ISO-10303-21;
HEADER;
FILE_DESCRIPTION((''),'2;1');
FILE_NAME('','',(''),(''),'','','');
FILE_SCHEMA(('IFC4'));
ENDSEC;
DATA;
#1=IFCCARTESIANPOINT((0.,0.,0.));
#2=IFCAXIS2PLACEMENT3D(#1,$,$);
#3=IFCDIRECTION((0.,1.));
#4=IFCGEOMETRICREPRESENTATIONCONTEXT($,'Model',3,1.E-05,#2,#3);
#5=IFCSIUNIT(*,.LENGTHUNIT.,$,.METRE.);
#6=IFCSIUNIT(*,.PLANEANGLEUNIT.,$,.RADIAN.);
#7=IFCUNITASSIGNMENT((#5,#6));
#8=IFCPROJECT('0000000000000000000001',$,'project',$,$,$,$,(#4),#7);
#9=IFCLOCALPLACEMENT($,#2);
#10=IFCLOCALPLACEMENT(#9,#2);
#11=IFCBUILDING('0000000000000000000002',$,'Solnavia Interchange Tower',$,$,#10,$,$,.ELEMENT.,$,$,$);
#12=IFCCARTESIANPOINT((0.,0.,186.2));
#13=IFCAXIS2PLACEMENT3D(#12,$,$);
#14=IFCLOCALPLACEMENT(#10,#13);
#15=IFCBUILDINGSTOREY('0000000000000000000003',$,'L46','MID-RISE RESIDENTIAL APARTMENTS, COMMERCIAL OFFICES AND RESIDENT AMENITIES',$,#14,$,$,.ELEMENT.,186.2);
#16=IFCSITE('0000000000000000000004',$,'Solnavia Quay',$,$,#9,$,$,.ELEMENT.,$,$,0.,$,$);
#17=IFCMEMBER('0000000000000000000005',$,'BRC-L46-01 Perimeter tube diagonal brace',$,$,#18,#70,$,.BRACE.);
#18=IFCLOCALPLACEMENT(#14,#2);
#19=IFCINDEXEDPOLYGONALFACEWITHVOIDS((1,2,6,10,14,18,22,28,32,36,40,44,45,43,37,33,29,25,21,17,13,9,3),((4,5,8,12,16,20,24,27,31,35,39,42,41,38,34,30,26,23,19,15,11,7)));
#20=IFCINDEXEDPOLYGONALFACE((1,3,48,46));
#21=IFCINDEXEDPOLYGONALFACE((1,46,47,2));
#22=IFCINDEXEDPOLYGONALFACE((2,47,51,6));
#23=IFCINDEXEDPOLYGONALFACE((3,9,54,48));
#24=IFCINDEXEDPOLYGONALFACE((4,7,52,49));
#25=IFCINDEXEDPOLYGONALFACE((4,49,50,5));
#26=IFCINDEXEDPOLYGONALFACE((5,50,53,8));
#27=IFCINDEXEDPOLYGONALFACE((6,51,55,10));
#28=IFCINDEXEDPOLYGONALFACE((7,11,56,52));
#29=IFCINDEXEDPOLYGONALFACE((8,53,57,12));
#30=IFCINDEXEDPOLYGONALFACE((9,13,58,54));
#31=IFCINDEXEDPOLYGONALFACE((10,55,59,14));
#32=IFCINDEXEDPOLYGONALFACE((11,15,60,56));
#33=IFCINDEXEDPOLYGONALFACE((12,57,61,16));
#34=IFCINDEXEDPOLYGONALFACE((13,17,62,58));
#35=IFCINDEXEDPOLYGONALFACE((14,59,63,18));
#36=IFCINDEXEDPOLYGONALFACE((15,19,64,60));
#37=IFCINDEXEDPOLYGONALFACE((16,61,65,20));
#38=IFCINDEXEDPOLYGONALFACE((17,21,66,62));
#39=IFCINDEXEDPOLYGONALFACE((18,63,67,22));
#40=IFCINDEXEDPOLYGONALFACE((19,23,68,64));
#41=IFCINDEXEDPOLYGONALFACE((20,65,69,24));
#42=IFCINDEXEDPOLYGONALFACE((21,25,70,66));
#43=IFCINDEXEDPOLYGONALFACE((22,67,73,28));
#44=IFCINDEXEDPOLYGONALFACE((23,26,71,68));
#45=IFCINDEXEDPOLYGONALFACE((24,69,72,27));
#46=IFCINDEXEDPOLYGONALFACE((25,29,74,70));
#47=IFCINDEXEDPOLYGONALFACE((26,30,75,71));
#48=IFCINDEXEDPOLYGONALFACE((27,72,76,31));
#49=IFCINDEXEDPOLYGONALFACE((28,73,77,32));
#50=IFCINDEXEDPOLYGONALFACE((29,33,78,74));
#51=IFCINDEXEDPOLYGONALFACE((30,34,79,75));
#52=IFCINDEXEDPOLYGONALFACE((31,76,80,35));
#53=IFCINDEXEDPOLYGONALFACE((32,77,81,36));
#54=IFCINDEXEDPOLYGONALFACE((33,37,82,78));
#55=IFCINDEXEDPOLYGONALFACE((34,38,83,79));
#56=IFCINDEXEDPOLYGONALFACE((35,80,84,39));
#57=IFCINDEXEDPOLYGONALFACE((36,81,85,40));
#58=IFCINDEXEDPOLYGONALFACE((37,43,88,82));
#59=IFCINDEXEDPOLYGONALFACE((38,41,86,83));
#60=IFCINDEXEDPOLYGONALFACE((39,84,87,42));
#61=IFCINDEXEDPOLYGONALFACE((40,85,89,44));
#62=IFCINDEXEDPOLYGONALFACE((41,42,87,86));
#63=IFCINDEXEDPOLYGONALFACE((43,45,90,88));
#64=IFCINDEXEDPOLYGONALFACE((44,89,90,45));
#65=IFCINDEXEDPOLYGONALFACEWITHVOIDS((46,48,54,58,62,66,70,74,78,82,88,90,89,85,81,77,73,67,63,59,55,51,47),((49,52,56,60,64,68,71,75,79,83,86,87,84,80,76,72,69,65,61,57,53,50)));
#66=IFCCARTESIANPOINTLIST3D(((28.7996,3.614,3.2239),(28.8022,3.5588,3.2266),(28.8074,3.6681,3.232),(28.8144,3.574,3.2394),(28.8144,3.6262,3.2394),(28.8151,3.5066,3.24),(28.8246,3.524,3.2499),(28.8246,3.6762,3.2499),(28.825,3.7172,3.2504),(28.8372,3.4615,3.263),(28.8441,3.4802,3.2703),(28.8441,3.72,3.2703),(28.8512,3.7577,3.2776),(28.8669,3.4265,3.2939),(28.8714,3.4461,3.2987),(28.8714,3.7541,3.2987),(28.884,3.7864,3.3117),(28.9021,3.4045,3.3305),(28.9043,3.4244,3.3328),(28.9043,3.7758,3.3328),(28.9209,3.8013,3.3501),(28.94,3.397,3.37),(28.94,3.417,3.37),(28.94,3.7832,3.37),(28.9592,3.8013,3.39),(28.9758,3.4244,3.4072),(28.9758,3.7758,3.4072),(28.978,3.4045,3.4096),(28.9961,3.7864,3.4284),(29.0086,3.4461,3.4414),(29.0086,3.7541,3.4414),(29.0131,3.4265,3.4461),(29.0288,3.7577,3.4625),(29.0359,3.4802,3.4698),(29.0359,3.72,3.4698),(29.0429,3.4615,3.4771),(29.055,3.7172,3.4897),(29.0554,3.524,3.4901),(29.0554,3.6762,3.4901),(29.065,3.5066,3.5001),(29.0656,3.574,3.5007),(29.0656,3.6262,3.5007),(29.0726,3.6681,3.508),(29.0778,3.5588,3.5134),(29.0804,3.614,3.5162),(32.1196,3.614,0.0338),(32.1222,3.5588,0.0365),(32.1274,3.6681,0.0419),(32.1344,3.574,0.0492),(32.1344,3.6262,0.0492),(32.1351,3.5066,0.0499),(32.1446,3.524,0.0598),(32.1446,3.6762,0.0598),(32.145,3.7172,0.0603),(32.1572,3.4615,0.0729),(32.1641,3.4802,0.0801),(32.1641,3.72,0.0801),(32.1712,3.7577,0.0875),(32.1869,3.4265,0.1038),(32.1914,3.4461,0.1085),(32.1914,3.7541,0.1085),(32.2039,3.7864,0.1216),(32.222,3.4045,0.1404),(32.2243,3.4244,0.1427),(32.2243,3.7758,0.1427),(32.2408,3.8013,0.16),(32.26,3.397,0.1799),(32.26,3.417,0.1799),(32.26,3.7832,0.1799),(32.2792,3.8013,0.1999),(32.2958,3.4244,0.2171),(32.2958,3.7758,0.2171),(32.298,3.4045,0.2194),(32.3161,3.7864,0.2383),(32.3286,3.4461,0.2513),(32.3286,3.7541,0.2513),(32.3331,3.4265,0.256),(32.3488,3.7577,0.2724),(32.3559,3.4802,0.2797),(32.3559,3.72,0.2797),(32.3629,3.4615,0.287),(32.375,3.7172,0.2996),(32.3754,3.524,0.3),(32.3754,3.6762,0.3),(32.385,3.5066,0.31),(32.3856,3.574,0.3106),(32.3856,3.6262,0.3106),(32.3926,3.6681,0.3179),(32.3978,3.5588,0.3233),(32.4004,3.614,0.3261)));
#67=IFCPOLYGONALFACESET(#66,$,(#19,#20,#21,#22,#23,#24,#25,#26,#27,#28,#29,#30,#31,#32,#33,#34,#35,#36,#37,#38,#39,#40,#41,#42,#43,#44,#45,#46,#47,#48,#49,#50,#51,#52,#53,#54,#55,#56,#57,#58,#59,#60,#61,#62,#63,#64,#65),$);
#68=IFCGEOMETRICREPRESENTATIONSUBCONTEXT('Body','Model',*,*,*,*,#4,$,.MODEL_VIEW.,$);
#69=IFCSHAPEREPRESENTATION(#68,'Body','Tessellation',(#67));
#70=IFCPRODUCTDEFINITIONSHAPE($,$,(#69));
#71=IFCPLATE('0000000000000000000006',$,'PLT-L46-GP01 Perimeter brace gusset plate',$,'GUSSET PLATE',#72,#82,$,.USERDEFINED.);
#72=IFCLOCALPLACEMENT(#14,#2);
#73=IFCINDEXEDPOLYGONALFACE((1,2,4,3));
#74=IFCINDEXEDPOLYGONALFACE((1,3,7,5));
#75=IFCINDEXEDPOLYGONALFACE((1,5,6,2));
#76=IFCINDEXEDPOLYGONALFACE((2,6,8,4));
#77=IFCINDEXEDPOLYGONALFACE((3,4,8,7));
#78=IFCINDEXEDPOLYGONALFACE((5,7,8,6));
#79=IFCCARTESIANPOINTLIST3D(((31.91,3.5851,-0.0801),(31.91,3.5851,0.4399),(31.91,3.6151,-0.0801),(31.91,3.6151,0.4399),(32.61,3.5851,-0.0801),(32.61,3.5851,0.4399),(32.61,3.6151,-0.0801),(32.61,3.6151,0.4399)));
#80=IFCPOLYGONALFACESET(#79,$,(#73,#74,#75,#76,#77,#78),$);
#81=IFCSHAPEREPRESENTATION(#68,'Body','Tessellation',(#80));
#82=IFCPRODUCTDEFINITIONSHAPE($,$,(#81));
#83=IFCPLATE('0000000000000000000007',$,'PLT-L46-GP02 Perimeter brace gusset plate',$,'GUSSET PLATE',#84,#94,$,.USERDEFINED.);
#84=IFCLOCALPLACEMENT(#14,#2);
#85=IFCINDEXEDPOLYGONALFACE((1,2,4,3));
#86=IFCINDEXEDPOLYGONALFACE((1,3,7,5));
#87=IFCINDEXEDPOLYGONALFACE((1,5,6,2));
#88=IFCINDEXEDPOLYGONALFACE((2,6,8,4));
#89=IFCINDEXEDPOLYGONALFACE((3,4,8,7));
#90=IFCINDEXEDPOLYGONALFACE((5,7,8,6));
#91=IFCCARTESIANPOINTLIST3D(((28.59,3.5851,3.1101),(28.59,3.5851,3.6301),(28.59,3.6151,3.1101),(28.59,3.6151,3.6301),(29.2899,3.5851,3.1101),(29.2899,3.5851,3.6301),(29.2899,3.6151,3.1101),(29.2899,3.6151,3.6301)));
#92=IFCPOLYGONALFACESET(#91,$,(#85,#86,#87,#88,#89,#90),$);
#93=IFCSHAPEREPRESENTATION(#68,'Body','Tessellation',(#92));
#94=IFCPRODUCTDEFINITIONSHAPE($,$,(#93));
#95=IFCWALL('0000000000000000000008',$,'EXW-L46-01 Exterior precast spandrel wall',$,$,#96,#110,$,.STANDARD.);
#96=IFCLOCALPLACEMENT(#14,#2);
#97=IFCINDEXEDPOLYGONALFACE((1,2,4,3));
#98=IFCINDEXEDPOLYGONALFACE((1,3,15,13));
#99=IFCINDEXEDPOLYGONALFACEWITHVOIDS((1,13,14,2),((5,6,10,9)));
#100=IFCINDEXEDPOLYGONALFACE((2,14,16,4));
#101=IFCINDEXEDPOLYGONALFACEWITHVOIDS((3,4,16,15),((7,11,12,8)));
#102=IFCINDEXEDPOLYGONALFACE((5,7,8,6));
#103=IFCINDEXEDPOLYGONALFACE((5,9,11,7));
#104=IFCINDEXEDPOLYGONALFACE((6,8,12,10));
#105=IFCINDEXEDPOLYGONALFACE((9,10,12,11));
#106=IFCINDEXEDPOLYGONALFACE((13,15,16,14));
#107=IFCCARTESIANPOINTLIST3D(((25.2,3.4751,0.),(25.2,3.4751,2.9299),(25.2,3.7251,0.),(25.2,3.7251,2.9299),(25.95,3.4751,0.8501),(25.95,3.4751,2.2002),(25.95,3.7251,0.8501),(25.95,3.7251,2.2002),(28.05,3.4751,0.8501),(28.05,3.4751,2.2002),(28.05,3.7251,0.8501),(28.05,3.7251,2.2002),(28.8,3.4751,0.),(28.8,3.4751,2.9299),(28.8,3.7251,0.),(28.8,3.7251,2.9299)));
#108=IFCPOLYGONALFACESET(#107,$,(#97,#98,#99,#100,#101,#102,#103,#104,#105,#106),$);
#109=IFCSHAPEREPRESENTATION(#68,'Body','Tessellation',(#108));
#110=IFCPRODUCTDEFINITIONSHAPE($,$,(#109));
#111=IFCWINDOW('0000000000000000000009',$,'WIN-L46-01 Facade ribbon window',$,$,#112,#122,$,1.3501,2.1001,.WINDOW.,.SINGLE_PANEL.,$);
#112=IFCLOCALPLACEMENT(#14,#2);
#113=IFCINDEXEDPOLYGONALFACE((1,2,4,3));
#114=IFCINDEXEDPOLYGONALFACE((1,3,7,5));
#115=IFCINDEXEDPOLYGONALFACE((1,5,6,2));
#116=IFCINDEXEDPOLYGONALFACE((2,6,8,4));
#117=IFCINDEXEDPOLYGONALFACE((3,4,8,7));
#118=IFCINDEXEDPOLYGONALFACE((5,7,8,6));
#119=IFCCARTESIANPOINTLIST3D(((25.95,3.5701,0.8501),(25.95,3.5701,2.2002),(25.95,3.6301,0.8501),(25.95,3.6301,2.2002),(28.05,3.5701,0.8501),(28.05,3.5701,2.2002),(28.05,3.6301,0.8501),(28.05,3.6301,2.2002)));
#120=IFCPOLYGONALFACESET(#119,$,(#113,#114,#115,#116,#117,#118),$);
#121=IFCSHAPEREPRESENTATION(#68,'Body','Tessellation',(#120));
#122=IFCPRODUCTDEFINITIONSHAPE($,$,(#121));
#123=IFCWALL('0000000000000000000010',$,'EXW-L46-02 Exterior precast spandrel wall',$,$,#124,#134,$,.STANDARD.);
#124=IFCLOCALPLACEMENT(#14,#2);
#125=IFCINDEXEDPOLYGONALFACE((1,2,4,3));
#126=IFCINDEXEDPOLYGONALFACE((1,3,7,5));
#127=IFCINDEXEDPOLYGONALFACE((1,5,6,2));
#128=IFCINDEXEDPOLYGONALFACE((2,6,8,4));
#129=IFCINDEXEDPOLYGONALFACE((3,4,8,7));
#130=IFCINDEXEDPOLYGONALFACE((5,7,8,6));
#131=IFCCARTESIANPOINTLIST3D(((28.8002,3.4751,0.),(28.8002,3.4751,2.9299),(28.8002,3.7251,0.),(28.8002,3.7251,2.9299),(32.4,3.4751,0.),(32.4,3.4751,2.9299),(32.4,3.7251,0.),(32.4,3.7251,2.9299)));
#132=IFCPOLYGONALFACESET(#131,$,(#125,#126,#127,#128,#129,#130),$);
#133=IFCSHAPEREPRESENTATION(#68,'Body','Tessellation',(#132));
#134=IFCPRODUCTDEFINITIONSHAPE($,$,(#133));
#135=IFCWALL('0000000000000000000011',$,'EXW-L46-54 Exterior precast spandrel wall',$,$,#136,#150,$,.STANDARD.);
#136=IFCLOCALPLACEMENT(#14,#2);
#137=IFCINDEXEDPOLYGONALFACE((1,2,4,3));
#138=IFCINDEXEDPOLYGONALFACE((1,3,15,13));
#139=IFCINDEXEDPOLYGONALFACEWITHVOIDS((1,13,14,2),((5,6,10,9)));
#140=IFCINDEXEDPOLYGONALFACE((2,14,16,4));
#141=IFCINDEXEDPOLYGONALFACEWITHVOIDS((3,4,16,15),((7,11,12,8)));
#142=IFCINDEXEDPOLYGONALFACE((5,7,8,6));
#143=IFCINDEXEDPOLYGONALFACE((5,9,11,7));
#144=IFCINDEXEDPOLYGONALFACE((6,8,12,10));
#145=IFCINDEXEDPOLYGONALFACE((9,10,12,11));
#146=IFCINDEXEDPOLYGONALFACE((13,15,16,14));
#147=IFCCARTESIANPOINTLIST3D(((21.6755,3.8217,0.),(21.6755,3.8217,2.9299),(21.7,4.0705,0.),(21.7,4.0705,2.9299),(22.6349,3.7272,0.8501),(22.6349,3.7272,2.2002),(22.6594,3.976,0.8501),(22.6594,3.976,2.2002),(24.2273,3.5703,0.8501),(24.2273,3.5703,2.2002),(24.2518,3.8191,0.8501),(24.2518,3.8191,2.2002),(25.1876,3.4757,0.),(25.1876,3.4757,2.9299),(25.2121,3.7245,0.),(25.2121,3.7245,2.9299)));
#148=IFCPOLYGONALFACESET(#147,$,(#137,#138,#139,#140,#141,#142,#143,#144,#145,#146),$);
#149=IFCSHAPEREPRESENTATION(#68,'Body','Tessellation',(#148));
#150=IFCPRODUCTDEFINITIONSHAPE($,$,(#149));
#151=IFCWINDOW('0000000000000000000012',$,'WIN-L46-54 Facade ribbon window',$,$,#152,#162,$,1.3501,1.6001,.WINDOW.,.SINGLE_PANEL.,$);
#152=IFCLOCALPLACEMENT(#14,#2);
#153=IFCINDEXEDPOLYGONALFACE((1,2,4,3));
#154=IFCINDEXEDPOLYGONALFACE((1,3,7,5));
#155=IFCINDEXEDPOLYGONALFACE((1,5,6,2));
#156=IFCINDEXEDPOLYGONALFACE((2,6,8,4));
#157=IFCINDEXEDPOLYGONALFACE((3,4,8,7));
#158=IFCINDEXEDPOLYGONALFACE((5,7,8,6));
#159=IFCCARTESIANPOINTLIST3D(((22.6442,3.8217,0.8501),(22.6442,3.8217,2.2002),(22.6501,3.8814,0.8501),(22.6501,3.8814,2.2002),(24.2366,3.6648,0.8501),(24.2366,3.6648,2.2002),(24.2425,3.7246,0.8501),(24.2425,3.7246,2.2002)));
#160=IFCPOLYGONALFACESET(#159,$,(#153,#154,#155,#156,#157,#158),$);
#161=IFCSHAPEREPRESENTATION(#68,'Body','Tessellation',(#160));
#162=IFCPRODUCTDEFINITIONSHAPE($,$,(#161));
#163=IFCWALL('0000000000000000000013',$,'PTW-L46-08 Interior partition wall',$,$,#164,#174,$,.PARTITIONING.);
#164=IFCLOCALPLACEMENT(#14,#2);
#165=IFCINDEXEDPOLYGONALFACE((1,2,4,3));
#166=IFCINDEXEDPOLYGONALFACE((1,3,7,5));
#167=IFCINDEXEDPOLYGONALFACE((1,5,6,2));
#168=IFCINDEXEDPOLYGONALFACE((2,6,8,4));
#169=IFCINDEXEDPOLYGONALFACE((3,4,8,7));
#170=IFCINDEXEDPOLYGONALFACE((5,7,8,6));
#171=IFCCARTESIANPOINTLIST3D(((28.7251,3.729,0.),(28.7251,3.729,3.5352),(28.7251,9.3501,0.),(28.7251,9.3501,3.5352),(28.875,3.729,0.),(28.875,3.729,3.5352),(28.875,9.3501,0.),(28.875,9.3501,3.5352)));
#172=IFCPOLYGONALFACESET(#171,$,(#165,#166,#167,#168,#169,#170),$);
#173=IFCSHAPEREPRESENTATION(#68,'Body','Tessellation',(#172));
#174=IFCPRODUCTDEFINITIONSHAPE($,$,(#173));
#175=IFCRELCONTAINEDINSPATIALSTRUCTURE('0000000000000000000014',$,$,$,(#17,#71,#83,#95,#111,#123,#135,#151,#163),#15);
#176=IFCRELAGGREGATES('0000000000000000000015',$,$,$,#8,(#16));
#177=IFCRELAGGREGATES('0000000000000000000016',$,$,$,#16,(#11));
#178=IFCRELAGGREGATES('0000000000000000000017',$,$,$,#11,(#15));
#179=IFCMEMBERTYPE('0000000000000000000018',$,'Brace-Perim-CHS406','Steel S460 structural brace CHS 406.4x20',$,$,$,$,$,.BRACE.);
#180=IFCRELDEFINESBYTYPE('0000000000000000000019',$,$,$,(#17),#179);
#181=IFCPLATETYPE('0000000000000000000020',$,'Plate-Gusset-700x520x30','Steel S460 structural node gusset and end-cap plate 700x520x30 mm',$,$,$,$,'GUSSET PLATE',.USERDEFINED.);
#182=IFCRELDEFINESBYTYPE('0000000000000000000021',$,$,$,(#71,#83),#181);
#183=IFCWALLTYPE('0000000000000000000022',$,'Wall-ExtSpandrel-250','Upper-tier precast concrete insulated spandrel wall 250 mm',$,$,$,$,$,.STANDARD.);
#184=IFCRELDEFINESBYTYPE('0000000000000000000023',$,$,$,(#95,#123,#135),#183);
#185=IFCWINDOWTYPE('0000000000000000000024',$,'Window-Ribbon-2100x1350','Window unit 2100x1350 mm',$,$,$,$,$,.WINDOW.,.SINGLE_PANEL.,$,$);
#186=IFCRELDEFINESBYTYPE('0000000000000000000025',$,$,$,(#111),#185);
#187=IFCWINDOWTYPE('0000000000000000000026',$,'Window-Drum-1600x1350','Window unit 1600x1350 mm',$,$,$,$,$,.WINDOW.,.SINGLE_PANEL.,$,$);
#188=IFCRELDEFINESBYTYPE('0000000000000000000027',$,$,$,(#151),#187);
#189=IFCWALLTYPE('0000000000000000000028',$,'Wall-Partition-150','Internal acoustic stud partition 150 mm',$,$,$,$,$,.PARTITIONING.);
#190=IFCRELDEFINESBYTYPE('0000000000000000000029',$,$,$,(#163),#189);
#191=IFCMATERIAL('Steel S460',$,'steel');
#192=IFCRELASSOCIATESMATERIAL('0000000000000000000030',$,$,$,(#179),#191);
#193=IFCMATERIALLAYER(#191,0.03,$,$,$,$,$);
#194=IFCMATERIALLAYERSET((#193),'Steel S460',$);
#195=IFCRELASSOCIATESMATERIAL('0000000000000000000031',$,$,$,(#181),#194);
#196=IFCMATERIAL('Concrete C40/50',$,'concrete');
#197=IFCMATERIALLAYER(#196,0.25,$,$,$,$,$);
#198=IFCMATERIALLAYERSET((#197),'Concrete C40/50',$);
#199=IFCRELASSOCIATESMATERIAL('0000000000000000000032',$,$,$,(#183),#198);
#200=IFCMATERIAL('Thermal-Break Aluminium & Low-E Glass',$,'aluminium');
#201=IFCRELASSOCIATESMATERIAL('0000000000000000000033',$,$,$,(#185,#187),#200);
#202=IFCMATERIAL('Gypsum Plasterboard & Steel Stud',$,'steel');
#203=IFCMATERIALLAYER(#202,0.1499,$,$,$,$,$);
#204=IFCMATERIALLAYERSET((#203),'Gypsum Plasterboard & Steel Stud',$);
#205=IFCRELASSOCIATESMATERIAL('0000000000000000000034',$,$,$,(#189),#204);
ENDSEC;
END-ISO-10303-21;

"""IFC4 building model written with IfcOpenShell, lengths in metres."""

from ifc_helpers import new_model, si_unit, direction, frame, frame_2d, origin, origin_2d, place, context, subcontext, project, spatial, rectangle, hollow_circle, extrude, material, layer, layer_set, material_profile, profile_set, type_object, element, fill, save


model = new_model("IFC4")

# Units and contexts
model_context = context("Model", 3, precision=1e-05, world=origin(), true_north=direction((0.0, 1.0)))
body_context = subcontext(model_context, "Body", "Model", "MODEL_VIEW")
ifc_project = project(units=[si_unit("LENGTHUNIT", "METRE"), si_unit("PLANEANGLEUNIT", "RADIAN")], contexts=[model_context])

# Site, building, storey
site_placement = place(None, origin())
site = spatial("IfcSite", under=ifc_project, at=site_placement, Name="Solnavia Quay", CompositionType="ELEMENT", RefElevation=0.0)
building_placement = place(site_placement, origin())
building = spatial("IfcBuilding", under=site, at=building_placement, Name="Solnavia Interchange Tower", CompositionType="ELEMENT")
storey_placement = place(building_placement, frame((0.0, 0.0, 186.2)))
storey = spatial("IfcBuildingStorey", under=building, at=storey_placement, Name="L46", Description="MID-RISE RESIDENTIAL APARTMENTS, COMMERCIAL OFFICES AND RESIDENT AMENITIES", CompositionType="ELEMENT", Elevation=186.2)

# Member
ifc_material_1 = material(Name="Steel S460", Category="steel")
ifc_material_profile_1 = material_profile(ifc_material_1, hollow_circle(Radius=0.2031, WallThickness=0.02, at=origin_2d()), Name="CHS 406.4x20")
ifc_profile_set_1 = profile_set([ifc_material_profile_1], Name="Steel S460")
member_type = type_object("IfcMemberType", Name="Brace-Perim-CHS406", Description="Steel S460 structural brace CHS 406.4x20", PredefinedType="BRACE", material=ifc_profile_set_1)
member_placement = place(storey_placement, frame((32.26, 3.6001, 0.1799), z_axis=(-0.72107, 0.0, 0.692862), x_axis=(0.0, -1.0, 0.0)))
element("IfcMember", 1, at=member_placement, inside=storey, type_object=member_type, Name="BRC-L46-01 Perimeter tube diagonal brace", PredefinedType="BRACE", context=body_context, shape_type="SweptSolid", body=[
    extrude(hollow_circle(Radius=0.2031, WallThickness=0.02, at=origin_2d()), origin(), (0.0, 0.0, 1.0), 4.6042),
])

# Plates
ifc_layer_1 = layer(ifc_material_1, 0.03)
ifc_layer_set_1 = layer_set([ifc_layer_1], Name="Steel S460")
plate_type = type_object("IfcPlateType", Name="Plate-Gusset-700x520x30", Description="Steel S460 structural node gusset and end-cap plate 700x520x30 mm", ElementType="GUSSET PLATE", PredefinedType="USERDEFINED", material=ifc_layer_set_1)
for number, where, z_axis, x_axis, name in (
    (2, (32.26, 3.6001, -0.0801), (0.0, 0.0, 1.0), (-1.0, 0.0, 0.0), "PLT-L46-GP01 Perimeter brace gusset plate"),
    (3, (28.9399, 3.6001, 3.1101), (0.0, 0.0, 1.0), (-1.0, 0.0, 0.0), "PLT-L46-GP02 Perimeter brace gusset plate"),
):
    element("IfcPlate", number, at=place(storey_placement, frame(where, z_axis=z_axis, x_axis=x_axis)), inside=storey, type_object=plate_type, Name=name, ObjectType="GUSSET PLATE", PredefinedType="USERDEFINED", context=body_context, shape_type="SweptSolid", body=[
        extrude(rectangle(XDim=0.7, YDim=0.03, at=origin_2d()), origin(), (0.0, 0.0, 1.0), 0.52),
    ])

# Wall, opening, window
ifc_material_2 = material(Name="Concrete C40/50", Category="concrete")
ifc_layer_2 = layer(ifc_material_2, 0.25)
ifc_layer_set_2 = layer_set([ifc_layer_2], Name="Concrete C40/50")
wall_type_1 = type_object("IfcWallType", Name="Wall-ExtSpandrel-250", Description="Upper-tier precast concrete insulated spandrel wall 250 mm", PredefinedType="STANDARD", material=ifc_layer_set_2)
wall_1_placement = place(storey_placement, frame((28.8, 3.6001, 0.0), z_axis=(0.0, 0.0, 1.0), x_axis=(-1.0, 0.0, 0.0)))
wall_1 = element("IfcWall", 4, at=wall_1_placement, inside=storey, type_object=wall_type_1, Name="EXW-L46-01 Exterior precast spandrel wall", PredefinedType="STANDARD", context=body_context, shape_type="SweptSolid", body=[
    extrude(rectangle(XDim=3.6001, YDim=0.25, at=frame_2d((1.8, 0.0))), origin(), (0.0, 0.0, 1.0), 2.9299),
])
opening_1_placement = place(wall_1_placement, frame((0.75, 0.0, 0.8501)))
opening_1 = element("IfcOpeningElement", 5, at=opening_1_placement, cuts=wall_1, PredefinedType="OPENING", context=body_context, shape_type="SweptSolid", body=[
    extrude(rectangle(XDim=2.1001, YDim=1.3501, at=frame_2d((1.05, 0.675))), frame((0.0, 0.135, 0.0), z_axis=(0.0, -1.0, 0.0), x_axis=(1.0, 0.0, 0.0)), (0.0, 0.0, 1.0), 0.27),
])
ifc_material_3 = material(Name="Thermal-Break Aluminium & Low-E Glass", Category="aluminium")
window_type_1 = type_object("IfcWindowType", Name="Window-Ribbon-2100x1350", Description="Window unit 2100x1350 mm", PartitioningType="SINGLE_PANEL", PredefinedType="WINDOW", material=ifc_material_3)
window_1_placement = place(opening_1_placement, origin())
window_1 = element("IfcWindow", 6, at=window_1_placement, inside=storey, type_object=window_type_1, Name="WIN-L46-01 Facade ribbon window", OverallHeight=1.3501, OverallWidth=2.1001, PartitioningType="SINGLE_PANEL", PredefinedType="WINDOW", context=body_context, shape_type="SweptSolid", body=[
    extrude(rectangle(XDim=2.1001, YDim=1.3501, at=frame_2d((1.05, 0.675))), frame((0.0, 0.03, 0.0), z_axis=(0.0, -1.0, 0.0), x_axis=(1.0, 0.0, 0.0)), (0.0, 0.0, 1.0), 0.0601),
])
fill(opening_1, window_1)

# Wall
wall_2_placement = place(storey_placement, frame((32.3999, 3.6001, 0.0), z_axis=(0.0, 0.0, 1.0), x_axis=(-1.0, 0.0, 0.0)))
element("IfcWall", 7, at=wall_2_placement, inside=storey, type_object=wall_type_1, Name="EXW-L46-02 Exterior precast spandrel wall", PredefinedType="STANDARD", context=body_context, shape_type="SweptSolid", body=[
    extrude(rectangle(XDim=3.5999, YDim=0.25, at=frame_2d((1.7998, 0.0))), origin(), (0.0, 0.0, 1.0), 2.9299),
])

# Wall, opening, window
wall_3_placement = place(storey_placement, frame((25.2, 3.6001, 0.0), z_axis=(0.0, 0.0, 1.0), x_axis=(-0.995183, 0.098031, 0.0)))
wall_3 = element("IfcWall", 8, at=wall_3_placement, inside=storey, type_object=wall_type_1, Name="EXW-L46-54 Exterior precast spandrel wall", PredefinedType="STANDARD", context=body_context, shape_type="SweptSolid", body=[
    extrude(rectangle(XDim=3.5291, YDim=0.25, at=frame_2d((1.7646, 0.0))), origin(), (0.0, 0.0, 1.0), 2.9299),
])
opening_2_placement = place(wall_3_placement, frame((0.9651, 0.0, 0.8501)))
opening_2 = element("IfcOpeningElement", 9, at=opening_2_placement, cuts=wall_3, PredefinedType="OPENING", context=body_context, shape_type="SweptSolid", body=[
    extrude(rectangle(XDim=1.6001, YDim=1.3501, at=frame_2d((0.8, 0.675))), frame((0.0, 0.135, 0.0), z_axis=(0.0, -1.0, 0.0), x_axis=(1.0, 0.0, 0.0)), (0.0, 0.0, 1.0), 0.27),
])
window_type_2 = type_object("IfcWindowType", Name="Window-Drum-1600x1350", Description="Window unit 1600x1350 mm", PartitioningType="SINGLE_PANEL", PredefinedType="WINDOW", material=ifc_material_3)
window_2_placement = place(opening_2_placement, origin())
window_2 = element("IfcWindow", 10, at=window_2_placement, inside=storey, type_object=window_type_2, Name="WIN-L46-54 Facade ribbon window", OverallHeight=1.3501, OverallWidth=1.6001, PartitioningType="SINGLE_PANEL", PredefinedType="WINDOW", context=body_context, shape_type="SweptSolid", body=[
    extrude(rectangle(XDim=1.6001, YDim=1.3501, at=frame_2d((0.8, 0.675))), frame((0.0, 0.03, 0.0), z_axis=(0.0, -1.0, 0.0), x_axis=(1.0, 0.0, 0.0)), (0.0, 0.0, 1.0), 0.0601),
])
fill(opening_2, window_2)

# Wall
ifc_material_4 = material(Name="Gypsum Plasterboard & Steel Stud", Category="steel")
ifc_layer_3 = layer(ifc_material_4, 0.1499)
ifc_layer_set_3 = layer_set([ifc_layer_3], Name="Gypsum Plasterboard & Steel Stud")
wall_type_2 = type_object("IfcWallType", Name="Wall-Partition-150", Description="Internal acoustic stud partition 150 mm", PredefinedType="PARTITIONING", material=ifc_layer_set_3)
wall_4_placement = place(storey_placement, frame((28.8, 9.3501, 0.0), z_axis=(0.0, 0.0, 1.0), x_axis=(0.0, -1.0, 0.0)))
element("IfcWall", 11, at=wall_4_placement, inside=storey, type_object=wall_type_2, Name="PTW-L46-08 Interior partition wall", PredefinedType="PARTITIONING", context=body_context, shape_type="SweptSolid", body=[
    extrude(rectangle(XDim=5.6211, YDim=0.1499, at=frame_2d((2.8105, 0.0))), origin(), (0.0, 0.0, 1.0), 3.5352),
])

save(model, "model.ifc")
